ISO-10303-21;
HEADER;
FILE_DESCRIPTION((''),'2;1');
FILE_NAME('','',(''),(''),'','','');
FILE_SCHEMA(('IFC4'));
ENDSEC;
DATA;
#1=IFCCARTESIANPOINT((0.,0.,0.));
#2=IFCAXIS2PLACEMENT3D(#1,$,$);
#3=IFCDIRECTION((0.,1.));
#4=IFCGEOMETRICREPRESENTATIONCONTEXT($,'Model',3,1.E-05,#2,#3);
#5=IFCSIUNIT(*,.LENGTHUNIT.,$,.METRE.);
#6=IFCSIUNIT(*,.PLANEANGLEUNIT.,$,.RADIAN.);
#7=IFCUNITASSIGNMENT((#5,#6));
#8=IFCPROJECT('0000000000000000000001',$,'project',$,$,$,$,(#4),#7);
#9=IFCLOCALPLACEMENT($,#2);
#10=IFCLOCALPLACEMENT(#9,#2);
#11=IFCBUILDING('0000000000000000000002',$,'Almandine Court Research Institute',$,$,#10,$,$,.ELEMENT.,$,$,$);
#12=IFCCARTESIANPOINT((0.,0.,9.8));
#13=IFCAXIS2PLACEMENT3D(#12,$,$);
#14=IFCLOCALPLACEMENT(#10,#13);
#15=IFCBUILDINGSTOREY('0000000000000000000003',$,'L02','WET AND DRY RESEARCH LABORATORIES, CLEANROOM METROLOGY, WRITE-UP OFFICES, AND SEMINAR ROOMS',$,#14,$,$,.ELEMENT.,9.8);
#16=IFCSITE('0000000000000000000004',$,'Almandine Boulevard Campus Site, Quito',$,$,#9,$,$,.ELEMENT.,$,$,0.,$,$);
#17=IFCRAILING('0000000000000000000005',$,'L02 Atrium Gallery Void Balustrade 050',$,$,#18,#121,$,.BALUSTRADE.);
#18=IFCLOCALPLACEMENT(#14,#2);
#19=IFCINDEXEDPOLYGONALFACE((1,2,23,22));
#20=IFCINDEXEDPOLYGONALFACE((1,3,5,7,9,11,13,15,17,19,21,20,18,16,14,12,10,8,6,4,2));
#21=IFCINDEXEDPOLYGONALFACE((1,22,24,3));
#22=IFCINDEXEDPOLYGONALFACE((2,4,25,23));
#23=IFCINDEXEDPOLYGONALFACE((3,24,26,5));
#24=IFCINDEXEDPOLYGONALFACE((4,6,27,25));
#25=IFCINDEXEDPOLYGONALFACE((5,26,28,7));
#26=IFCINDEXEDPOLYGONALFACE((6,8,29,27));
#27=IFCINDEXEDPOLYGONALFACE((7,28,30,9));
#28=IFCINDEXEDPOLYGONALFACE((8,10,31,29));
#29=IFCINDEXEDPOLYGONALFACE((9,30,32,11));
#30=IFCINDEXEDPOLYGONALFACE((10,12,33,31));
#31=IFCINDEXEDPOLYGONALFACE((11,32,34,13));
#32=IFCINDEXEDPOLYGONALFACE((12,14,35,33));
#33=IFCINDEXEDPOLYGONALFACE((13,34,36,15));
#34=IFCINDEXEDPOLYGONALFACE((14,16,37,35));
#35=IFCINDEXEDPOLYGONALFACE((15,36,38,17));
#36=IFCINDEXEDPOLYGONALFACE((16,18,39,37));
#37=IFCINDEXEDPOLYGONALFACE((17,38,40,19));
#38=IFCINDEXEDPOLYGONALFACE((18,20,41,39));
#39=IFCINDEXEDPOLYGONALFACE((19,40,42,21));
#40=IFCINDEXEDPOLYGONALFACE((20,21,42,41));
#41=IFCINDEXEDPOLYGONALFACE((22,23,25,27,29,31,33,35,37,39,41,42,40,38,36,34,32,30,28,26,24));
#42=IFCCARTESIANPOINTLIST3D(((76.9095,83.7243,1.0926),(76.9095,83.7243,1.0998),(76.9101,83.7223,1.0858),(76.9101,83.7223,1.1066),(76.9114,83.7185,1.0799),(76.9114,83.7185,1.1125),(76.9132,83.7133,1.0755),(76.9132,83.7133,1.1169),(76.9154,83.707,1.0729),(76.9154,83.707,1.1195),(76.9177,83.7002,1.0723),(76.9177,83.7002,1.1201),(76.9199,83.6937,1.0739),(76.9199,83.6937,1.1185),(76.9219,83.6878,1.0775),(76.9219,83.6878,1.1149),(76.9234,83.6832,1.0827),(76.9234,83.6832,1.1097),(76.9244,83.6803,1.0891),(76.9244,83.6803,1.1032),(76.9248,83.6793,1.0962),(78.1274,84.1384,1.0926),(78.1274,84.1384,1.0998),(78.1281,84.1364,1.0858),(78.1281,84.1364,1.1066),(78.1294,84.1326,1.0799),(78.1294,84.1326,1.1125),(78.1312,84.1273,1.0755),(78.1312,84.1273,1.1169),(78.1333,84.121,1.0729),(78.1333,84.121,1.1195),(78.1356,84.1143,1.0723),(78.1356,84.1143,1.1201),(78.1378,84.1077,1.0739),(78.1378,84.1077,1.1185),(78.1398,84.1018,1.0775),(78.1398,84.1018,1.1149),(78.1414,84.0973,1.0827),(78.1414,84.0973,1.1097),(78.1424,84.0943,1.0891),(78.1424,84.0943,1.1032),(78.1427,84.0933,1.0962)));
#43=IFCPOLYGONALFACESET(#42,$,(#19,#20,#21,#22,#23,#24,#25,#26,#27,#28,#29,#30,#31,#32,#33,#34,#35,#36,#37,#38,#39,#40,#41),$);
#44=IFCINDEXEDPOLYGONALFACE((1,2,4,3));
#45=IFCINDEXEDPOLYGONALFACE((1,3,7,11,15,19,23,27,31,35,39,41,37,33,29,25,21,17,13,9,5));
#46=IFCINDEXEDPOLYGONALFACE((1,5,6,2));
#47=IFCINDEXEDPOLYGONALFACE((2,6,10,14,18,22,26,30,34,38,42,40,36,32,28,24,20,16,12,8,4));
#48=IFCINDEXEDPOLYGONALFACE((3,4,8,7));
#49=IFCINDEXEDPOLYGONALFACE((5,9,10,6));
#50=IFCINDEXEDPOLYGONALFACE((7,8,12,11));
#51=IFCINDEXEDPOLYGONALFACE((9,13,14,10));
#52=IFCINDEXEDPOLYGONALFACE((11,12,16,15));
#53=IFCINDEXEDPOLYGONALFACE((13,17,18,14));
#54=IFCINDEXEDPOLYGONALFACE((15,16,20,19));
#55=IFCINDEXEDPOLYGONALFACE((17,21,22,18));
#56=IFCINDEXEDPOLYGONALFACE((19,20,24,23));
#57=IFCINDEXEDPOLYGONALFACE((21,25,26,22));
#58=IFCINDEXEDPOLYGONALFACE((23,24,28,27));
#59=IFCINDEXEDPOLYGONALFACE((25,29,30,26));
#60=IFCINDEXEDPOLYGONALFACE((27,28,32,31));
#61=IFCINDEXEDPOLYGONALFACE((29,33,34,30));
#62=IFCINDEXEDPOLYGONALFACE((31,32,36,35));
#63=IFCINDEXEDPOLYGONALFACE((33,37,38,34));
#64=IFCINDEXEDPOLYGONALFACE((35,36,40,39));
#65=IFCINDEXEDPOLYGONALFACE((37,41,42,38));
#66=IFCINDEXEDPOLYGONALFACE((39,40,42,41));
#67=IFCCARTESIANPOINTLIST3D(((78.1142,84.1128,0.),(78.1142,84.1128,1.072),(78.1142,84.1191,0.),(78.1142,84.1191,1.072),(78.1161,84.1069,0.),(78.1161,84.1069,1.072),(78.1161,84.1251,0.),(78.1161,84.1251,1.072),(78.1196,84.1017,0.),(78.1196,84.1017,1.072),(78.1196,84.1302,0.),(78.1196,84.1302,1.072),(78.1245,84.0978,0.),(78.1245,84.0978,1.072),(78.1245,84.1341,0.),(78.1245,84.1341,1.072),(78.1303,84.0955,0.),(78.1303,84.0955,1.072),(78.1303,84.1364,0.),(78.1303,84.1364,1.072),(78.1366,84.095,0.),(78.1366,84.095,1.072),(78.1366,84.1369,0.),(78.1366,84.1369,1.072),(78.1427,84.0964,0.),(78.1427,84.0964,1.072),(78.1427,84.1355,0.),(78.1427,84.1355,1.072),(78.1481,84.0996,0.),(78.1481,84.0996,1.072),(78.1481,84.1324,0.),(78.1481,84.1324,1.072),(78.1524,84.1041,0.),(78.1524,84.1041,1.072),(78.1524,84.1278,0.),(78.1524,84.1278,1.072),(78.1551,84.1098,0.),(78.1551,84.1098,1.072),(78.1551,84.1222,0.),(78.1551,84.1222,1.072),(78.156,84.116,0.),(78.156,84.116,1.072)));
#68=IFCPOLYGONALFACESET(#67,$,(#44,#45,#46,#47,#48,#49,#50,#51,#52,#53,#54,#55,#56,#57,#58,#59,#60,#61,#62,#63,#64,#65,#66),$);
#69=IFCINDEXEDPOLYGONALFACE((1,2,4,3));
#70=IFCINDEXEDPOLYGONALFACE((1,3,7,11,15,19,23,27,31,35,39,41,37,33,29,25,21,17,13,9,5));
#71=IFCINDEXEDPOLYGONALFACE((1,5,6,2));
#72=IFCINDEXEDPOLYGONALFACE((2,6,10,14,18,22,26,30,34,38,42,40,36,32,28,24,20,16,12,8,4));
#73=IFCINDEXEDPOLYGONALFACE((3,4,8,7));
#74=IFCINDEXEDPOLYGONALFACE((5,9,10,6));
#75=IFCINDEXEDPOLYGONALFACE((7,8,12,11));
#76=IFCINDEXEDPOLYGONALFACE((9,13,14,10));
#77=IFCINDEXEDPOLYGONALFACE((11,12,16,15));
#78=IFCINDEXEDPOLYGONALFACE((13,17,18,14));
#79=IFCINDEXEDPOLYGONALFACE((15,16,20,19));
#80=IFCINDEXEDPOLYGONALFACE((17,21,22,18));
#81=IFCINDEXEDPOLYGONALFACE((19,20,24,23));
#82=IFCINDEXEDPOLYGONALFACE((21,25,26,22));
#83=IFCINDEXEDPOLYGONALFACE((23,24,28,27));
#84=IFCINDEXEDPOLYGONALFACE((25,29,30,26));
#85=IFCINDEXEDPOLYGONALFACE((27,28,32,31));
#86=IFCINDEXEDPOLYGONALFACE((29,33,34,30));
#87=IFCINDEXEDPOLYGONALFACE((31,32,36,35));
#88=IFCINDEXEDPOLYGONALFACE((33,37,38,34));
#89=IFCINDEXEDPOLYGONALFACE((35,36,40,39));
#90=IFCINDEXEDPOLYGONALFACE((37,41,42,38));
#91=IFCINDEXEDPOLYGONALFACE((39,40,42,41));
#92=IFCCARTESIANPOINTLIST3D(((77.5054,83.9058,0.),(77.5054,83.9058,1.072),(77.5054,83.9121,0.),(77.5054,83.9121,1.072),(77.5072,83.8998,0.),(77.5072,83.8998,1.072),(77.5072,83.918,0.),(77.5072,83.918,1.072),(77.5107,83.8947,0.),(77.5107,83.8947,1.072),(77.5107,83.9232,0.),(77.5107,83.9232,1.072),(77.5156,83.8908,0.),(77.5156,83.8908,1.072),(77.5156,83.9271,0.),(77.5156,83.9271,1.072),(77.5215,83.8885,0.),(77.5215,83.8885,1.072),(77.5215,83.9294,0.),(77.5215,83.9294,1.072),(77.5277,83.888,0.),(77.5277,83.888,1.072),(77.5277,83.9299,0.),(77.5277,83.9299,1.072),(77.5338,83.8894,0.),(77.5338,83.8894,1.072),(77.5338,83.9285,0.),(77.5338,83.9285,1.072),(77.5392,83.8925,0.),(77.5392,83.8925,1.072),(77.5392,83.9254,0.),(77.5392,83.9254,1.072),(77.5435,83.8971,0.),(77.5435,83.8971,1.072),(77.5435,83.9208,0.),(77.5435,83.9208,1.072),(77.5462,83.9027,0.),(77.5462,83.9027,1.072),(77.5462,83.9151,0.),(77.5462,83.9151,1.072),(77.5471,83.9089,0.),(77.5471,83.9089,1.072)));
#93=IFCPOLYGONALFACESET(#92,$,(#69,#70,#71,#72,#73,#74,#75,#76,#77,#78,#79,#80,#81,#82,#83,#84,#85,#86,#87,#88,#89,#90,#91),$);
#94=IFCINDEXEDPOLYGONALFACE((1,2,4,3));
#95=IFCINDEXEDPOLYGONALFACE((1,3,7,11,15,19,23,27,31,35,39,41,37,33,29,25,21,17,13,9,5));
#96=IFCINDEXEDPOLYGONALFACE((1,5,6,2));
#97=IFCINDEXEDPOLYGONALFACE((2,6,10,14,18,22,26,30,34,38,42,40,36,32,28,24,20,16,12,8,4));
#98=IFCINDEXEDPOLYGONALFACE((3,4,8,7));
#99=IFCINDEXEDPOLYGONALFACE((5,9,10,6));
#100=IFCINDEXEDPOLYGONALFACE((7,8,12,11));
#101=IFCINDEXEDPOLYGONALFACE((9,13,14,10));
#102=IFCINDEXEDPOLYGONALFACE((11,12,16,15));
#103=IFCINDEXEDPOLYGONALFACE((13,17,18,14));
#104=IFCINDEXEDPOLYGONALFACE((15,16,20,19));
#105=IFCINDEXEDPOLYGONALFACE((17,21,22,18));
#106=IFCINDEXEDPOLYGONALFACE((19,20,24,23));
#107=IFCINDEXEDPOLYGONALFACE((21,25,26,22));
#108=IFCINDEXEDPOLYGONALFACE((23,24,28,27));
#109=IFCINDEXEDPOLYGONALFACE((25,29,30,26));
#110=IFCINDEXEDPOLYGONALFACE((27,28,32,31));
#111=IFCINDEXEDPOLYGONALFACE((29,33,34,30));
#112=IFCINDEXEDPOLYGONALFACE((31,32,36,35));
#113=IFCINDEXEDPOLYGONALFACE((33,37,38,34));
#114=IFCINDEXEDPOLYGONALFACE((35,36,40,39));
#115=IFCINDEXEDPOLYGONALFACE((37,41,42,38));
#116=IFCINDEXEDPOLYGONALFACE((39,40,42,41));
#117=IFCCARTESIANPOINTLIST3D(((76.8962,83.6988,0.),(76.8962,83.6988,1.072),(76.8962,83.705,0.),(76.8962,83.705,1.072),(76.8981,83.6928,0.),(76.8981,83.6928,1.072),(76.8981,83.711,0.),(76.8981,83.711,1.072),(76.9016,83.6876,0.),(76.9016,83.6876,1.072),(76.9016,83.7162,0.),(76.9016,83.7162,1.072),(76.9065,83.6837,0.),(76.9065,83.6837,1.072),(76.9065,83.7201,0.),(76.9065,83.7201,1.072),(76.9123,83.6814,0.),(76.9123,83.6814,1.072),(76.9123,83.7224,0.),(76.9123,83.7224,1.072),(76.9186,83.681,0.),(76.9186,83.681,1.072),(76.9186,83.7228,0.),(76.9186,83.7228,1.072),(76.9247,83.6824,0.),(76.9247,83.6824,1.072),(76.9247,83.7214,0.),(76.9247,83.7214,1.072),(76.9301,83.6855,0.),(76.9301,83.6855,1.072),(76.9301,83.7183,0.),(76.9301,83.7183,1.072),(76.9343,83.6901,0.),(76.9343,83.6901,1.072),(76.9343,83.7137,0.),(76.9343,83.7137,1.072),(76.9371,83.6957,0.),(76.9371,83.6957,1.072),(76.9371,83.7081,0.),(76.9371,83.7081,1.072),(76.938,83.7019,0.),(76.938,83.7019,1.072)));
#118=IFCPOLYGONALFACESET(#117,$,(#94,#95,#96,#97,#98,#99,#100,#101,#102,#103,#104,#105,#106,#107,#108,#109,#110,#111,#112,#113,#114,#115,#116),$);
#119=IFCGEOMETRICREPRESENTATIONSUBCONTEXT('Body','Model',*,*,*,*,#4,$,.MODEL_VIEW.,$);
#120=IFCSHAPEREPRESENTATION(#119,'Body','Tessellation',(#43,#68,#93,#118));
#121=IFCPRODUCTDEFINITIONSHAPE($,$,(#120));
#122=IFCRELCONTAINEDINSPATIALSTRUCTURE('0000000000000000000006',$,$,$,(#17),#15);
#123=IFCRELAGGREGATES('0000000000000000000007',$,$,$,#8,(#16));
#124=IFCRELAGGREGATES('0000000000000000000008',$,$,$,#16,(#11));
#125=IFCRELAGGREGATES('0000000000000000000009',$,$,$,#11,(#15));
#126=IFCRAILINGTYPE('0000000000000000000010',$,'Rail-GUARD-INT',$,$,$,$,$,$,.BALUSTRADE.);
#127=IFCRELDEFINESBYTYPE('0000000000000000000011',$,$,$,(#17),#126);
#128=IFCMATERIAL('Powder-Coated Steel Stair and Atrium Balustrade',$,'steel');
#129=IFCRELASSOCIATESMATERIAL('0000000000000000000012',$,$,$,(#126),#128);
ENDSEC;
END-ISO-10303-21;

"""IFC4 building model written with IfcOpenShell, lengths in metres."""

from ifc_helpers import new_model, si_unit, direction, frame, origin, origin_2d, place, context, subcontext, project, spatial, circle, extrude, material, type_object, element, save


model = new_model("IFC4")

# Units and contexts
model_context = context("Model", 3, precision=1e-05, world=origin(), true_north=direction((0.0, 1.0)))
body_context = subcontext(model_context, "Body", "Model", "MODEL_VIEW")
ifc_project = project(units=[si_unit("LENGTHUNIT", "METRE"), si_unit("PLANEANGLEUNIT", "RADIAN")], contexts=[model_context])

# Site, building, storey
site_placement = place(None, origin())
site = spatial("IfcSite", under=ifc_project, at=site_placement, Name="Almandine Boulevard Campus Site, Quito", CompositionType="ELEMENT", RefElevation=0.0)
building_placement = place(site_placement, origin())
building = spatial("IfcBuilding", under=site, at=building_placement, Name="Almandine Court Research Institute", CompositionType="ELEMENT")
storey_placement = place(building_placement, frame((0.0, 0.0, 9.8)))
storey = spatial("IfcBuildingStorey", under=building, at=storey_placement, Name="L02", Description="WET AND DRY RESEARCH LABORATORIES, CLEANROOM METROLOGY, WRITE-UP OFFICES, AND SEMINAR ROOMS", CompositionType="ELEMENT", Elevation=9.8)

# Railing
ifc_material_1 = material(Name="Powder-Coated Steel Stair and Atrium Balustrade", Category="steel")
railing_type_1 = type_object("IfcRailingType", Name="Rail-GUARD-INT", PredefinedType="BALUSTRADE", material=ifc_material_1)
railing_1_placement = place(storey_placement, frame((78.135, 84.116, 0.0)))
element("IfcRailing", 1, at=railing_1_placement, inside=storey, type_object=railing_type_1, Name="L02 Atrium Gallery Void Balustrade 050", PredefinedType="BALUSTRADE", context=body_context, shape_type="SweptSolid", body=[
    extrude(circle(Radius=0.0239, at=origin_2d()), frame((0.0, 0.0, 1.0962), z_axis=(-0.946788, -0.321859, 0.0), x_axis=(0.321859, -0.946788, 0.0)), (0.0, 0.0, 1.0), 1.2864),
    extrude(circle(Radius=0.021, at=origin_2d()), origin(), (0.0, 0.0, 1.0), 1.072),
    extrude(circle(Radius=0.021, at=origin_2d()), frame((-0.6089, -0.207, 0.0)), (0.0, 0.0, 1.0), 1.072),
    extrude(circle(Radius=0.021, at=origin_2d()), frame((-1.218, -0.4141, 0.0)), (0.0, 0.0, 1.0), 1.072),
])

save(model, "model.ifc")
